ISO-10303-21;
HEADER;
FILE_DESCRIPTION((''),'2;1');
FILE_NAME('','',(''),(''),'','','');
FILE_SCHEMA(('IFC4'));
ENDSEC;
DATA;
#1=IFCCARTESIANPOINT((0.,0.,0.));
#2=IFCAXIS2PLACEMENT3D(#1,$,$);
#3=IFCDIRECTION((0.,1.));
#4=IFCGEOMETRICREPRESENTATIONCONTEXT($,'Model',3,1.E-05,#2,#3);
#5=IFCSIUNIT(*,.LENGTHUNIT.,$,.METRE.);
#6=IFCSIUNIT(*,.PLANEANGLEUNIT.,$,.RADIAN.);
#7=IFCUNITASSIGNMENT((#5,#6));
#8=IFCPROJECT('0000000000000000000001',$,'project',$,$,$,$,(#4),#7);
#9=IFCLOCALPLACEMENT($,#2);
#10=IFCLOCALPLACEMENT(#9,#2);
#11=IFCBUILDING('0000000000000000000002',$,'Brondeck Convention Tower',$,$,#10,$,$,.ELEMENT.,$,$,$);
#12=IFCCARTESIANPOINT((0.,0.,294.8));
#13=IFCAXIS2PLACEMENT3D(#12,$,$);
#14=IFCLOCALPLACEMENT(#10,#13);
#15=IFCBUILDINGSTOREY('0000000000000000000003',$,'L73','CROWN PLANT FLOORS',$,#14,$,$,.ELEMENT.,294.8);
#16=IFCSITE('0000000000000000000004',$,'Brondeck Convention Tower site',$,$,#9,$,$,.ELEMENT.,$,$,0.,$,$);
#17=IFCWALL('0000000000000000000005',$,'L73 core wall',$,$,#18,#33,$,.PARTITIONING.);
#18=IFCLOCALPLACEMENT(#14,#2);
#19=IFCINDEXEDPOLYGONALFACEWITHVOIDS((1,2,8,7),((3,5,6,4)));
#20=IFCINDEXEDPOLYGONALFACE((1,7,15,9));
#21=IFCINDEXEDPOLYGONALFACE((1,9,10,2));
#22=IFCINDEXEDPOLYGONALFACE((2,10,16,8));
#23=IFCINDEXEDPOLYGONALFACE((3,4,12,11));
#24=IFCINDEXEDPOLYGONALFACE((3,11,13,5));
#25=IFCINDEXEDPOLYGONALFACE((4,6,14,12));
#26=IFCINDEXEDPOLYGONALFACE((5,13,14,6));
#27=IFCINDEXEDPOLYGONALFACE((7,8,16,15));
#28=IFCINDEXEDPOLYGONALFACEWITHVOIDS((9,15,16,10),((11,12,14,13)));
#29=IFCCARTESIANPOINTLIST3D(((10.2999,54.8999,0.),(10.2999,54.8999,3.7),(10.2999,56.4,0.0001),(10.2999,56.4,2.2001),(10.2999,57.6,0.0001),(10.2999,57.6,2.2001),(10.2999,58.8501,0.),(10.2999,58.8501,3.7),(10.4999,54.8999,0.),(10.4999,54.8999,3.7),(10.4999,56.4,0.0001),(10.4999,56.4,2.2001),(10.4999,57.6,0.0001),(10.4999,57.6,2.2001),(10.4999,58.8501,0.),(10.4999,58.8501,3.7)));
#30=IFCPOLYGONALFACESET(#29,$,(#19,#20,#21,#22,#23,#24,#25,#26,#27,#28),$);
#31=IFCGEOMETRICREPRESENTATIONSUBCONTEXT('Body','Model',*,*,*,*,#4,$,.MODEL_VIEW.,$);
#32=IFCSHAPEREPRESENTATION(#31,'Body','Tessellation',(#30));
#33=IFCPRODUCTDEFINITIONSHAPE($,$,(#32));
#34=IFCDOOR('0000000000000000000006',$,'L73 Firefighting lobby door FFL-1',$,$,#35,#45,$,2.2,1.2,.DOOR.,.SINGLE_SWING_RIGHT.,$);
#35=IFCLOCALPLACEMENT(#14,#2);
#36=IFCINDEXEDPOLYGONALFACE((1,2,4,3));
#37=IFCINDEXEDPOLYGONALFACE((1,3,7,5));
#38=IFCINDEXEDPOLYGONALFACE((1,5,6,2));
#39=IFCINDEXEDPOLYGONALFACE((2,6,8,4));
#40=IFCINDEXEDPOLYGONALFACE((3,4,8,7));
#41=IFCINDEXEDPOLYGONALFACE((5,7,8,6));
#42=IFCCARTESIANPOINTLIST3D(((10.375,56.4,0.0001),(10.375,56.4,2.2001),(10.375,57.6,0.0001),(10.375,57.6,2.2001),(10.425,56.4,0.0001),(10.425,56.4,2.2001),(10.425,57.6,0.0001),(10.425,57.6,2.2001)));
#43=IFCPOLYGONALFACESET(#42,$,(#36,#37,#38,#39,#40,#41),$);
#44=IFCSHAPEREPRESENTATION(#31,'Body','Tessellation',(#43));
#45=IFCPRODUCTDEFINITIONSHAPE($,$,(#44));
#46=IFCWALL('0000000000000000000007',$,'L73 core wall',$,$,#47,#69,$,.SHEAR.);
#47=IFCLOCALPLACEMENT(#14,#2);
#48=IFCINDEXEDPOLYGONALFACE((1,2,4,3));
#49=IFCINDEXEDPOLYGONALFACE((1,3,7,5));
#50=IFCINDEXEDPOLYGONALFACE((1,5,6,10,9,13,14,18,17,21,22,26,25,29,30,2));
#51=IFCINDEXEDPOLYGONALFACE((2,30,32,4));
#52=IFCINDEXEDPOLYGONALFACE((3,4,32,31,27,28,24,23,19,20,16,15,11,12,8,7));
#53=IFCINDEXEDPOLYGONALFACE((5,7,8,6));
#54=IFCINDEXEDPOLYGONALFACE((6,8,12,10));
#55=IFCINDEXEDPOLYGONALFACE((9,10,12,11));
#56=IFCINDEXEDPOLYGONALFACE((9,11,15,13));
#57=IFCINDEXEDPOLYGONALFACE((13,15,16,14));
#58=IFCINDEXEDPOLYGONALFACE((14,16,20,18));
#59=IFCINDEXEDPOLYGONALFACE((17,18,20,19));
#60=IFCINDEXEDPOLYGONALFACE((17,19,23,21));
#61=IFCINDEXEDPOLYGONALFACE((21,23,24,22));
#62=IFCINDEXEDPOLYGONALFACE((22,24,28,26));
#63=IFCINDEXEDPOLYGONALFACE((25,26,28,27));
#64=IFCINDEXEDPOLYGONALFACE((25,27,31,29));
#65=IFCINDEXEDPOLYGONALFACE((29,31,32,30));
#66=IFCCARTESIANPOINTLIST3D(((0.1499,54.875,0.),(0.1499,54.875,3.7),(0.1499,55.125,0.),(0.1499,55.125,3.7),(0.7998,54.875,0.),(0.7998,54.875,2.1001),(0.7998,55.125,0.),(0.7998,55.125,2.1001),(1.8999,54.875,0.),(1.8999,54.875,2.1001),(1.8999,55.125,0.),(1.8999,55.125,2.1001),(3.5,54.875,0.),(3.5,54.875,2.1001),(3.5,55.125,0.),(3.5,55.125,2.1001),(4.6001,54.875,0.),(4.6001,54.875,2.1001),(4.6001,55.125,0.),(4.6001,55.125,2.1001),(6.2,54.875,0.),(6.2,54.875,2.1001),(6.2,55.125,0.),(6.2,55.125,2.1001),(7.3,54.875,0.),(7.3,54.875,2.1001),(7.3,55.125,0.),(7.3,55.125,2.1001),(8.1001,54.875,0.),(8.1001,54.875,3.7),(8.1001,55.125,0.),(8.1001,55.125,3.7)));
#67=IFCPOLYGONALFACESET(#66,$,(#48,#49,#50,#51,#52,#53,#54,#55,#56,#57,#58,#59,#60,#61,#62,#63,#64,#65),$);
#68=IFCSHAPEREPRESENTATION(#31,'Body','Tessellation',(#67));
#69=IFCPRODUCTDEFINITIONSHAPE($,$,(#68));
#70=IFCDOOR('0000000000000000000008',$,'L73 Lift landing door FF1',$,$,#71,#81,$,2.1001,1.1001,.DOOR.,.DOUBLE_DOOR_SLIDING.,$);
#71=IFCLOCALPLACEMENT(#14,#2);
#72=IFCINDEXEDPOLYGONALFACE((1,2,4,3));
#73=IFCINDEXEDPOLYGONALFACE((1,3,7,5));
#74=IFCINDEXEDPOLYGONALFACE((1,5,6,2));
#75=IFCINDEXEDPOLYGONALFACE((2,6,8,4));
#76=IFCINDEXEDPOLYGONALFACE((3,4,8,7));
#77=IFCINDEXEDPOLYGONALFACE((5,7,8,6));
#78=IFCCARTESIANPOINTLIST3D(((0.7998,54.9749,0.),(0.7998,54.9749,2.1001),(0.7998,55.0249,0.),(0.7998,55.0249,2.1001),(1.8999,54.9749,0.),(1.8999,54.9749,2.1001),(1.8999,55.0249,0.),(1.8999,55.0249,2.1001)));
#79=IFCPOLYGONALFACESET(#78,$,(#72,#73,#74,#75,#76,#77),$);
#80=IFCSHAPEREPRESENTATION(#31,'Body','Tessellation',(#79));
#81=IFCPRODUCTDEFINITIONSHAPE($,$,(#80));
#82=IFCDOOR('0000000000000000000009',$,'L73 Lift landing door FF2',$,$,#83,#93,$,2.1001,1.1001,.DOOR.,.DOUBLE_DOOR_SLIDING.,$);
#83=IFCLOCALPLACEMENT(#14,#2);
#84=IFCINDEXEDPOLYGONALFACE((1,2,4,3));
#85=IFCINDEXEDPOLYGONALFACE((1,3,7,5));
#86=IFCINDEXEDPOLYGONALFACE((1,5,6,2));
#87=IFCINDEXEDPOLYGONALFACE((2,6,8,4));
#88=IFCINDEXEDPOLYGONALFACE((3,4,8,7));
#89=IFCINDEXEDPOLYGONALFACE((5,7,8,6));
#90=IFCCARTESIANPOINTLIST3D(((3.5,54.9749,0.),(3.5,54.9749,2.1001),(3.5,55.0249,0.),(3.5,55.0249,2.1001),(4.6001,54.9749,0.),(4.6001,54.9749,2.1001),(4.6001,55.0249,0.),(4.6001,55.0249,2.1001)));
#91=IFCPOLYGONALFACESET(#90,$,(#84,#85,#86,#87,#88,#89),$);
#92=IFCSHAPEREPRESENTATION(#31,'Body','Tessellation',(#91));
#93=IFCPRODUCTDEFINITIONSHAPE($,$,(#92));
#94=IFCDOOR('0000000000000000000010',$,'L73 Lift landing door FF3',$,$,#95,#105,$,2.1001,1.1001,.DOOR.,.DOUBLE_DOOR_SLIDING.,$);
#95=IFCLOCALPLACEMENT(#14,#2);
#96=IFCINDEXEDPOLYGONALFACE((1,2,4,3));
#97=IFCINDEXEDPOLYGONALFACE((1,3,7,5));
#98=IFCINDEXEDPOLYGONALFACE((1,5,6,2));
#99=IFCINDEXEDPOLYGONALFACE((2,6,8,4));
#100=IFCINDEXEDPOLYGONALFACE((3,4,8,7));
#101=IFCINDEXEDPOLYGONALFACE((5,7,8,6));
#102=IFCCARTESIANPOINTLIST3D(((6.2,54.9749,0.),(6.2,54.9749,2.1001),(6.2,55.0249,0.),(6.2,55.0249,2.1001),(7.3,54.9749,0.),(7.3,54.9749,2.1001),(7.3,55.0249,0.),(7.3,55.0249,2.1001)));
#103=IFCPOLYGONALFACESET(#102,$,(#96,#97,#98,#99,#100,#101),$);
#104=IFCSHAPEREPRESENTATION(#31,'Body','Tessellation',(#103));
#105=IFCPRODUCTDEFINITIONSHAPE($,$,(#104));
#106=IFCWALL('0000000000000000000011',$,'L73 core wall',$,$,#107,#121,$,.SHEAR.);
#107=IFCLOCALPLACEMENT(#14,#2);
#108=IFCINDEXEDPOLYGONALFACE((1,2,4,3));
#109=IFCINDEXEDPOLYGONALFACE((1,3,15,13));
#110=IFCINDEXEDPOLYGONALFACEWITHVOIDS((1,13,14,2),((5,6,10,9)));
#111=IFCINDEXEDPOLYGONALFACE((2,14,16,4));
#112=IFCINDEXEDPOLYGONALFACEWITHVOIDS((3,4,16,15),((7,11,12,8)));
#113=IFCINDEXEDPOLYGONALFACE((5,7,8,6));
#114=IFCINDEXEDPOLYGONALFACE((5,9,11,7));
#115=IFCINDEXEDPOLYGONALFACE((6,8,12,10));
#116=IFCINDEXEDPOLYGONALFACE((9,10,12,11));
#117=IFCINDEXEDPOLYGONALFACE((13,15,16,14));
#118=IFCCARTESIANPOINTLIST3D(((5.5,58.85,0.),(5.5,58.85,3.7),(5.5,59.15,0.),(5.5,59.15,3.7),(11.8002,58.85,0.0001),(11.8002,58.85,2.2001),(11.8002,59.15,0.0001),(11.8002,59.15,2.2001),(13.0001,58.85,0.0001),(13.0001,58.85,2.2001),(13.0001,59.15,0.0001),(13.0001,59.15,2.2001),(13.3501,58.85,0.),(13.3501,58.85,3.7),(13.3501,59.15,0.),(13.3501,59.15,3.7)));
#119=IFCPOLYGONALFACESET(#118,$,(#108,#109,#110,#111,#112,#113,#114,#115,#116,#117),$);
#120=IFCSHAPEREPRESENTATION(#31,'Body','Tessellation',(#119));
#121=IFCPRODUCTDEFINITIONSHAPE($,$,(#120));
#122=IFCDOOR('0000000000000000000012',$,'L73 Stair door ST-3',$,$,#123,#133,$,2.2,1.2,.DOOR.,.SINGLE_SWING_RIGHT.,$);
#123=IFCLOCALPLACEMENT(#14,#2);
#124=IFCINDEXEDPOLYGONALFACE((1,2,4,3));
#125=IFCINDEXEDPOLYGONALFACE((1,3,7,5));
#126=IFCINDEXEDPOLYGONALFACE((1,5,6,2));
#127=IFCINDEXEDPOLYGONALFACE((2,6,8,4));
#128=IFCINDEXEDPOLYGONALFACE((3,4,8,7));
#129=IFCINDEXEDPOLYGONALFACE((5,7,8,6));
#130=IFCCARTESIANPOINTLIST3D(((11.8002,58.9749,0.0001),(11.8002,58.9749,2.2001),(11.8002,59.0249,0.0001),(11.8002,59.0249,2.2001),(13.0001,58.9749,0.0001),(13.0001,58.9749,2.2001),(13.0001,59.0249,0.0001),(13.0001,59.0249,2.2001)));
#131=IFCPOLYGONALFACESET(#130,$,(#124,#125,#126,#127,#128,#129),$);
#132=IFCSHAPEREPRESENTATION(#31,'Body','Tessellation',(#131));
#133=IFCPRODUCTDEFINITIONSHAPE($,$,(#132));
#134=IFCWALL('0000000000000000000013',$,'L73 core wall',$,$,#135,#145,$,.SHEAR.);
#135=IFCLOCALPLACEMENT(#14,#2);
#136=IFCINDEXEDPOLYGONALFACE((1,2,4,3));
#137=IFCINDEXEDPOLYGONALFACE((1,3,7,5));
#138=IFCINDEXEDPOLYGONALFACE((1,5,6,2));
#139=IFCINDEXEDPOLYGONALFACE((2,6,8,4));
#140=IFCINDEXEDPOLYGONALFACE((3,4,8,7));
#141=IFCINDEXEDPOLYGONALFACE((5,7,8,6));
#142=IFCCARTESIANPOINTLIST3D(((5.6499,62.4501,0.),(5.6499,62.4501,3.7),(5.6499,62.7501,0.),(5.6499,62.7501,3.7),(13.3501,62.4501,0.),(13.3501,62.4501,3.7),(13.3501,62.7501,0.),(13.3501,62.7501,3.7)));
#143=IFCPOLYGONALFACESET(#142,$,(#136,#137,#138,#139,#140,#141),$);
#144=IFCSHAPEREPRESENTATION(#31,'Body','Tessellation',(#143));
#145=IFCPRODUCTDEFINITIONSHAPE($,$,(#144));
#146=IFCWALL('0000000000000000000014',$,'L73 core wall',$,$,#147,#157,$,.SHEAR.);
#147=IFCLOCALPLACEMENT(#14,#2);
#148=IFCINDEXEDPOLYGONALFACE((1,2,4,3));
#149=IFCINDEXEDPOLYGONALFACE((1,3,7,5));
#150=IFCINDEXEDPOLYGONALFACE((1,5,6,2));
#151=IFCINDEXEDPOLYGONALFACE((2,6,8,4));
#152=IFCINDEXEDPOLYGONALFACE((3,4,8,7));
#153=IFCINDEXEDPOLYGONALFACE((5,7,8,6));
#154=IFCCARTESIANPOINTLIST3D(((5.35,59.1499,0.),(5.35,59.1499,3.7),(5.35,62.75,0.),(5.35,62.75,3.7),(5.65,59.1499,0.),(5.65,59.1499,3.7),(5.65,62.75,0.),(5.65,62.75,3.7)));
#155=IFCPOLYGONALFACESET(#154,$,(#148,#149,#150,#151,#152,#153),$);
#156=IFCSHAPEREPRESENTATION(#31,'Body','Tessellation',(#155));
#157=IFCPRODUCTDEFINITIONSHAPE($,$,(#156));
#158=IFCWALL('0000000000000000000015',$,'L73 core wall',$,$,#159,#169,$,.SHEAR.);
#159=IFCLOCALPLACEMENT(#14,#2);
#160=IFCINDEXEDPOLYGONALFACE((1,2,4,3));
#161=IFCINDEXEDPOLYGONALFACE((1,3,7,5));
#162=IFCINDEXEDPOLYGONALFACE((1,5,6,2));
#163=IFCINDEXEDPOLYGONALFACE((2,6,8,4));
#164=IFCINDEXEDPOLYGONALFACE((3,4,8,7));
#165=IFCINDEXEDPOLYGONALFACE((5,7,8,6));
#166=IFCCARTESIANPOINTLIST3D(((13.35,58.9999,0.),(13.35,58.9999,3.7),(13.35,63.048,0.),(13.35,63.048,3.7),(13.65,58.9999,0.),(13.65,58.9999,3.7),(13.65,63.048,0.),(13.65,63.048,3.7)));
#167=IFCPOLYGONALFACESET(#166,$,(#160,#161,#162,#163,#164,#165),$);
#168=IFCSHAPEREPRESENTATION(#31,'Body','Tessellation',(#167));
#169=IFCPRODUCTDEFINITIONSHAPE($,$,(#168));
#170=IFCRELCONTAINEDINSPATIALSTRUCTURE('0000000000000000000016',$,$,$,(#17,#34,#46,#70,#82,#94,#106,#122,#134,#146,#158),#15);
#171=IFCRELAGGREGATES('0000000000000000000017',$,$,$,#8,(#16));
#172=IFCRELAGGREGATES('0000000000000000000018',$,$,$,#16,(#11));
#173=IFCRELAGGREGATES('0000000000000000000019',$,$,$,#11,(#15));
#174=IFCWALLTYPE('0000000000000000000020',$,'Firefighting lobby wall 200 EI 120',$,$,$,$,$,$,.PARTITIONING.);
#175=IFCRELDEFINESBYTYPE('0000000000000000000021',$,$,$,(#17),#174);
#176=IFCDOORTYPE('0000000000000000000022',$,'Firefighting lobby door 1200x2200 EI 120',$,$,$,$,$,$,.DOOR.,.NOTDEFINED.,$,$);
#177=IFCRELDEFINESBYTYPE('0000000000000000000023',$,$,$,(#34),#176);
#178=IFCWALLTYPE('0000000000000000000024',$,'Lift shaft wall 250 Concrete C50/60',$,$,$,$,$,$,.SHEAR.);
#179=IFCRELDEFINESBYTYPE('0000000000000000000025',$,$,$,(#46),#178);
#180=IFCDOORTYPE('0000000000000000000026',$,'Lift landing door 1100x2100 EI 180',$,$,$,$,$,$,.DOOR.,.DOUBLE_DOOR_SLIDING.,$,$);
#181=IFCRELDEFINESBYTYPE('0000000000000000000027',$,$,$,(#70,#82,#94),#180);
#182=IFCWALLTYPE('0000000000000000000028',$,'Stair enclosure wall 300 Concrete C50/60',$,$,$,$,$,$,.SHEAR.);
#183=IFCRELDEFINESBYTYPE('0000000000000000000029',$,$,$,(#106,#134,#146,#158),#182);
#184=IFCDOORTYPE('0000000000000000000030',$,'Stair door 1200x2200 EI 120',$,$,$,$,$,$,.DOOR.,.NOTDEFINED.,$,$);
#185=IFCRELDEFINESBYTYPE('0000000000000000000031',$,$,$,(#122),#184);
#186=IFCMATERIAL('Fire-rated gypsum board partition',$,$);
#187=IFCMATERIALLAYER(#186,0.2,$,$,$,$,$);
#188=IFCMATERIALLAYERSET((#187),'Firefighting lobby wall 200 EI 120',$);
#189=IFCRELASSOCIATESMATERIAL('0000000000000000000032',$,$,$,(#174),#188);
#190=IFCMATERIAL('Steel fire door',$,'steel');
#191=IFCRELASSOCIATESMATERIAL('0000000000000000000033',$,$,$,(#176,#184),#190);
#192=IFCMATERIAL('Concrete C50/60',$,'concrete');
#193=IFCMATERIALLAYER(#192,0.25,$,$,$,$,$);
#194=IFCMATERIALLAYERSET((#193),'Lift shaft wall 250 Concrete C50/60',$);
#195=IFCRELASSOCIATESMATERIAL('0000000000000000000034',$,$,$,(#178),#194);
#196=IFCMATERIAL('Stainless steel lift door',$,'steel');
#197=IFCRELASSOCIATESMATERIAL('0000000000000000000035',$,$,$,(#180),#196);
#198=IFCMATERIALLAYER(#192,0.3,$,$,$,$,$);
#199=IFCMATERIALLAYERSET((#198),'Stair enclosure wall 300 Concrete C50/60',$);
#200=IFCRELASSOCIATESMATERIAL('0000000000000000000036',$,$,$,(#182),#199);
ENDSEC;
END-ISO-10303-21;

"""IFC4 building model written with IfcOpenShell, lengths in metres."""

from ifc_helpers import new_model, si_unit, direction, frame, frame_2d, origin, place, context, subcontext, project, spatial, rectangle, extrude, material, layer, layer_set, type_object, element, fill, save


model = new_model("IFC4")

# Units and contexts
model_context = context("Model", 3, precision=1e-05, world=origin(), true_north=direction((0.0, 1.0)))
body_context = subcontext(model_context, "Body", "Model", "MODEL_VIEW")
ifc_project = project(units=[si_unit("LENGTHUNIT", "METRE"), si_unit("PLANEANGLEUNIT", "RADIAN")], contexts=[model_context])

# Site, building, storey
site_placement = place(None, origin())
site = spatial("IfcSite", under=ifc_project, at=site_placement, Name="Brondeck Convention Tower site", CompositionType="ELEMENT", RefElevation=0.0)
building_placement = place(site_placement, origin())
building = spatial("IfcBuilding", under=site, at=building_placement, Name="Brondeck Convention Tower", CompositionType="ELEMENT")
storey_placement = place(building_placement, frame((0.0, 0.0, 294.8)))
storey = spatial("IfcBuildingStorey", under=building, at=storey_placement, Name="L73", Description="CROWN PLANT FLOORS", CompositionType="ELEMENT", Elevation=294.8)

# Shared definitions
ifc_material_1 = material(Name="Concrete C50/60", Category="concrete")

# Shared definitions
ifc_material_2 = material(Name="Fire-rated gypsum board partition")
ifc_layer_1 = layer(ifc_material_2, 0.2)
ifc_layer_set_1 = layer_set([ifc_layer_1], Name="Firefighting lobby wall 200 EI 120")
wall_type_1 = type_object("IfcWallType", Name="Firefighting lobby wall 200 EI 120", PredefinedType="PARTITIONING", material=ifc_layer_set_1)

# Wall, opening, door
wall_1_placement = place(storey_placement, frame((10.3999, 54.8999, 0.0), z_axis=(0.0, 0.0, 1.0), x_axis=(0.0, 1.0, 0.0)))
wall_1 = element("IfcWall", 1, at=wall_1_placement, inside=storey, type_object=wall_type_1, Name="L73 core wall", PredefinedType="PARTITIONING", context=body_context, shape_type="SweptSolid", body=[
    extrude(rectangle(XDim=3.9502, YDim=0.2, at=frame_2d((1.9751, 0.0))), origin(), (0.0, 0.0, 1.0), 3.7),
])
opening_1_placement = place(wall_1_placement, frame((1.5, 0.0, 0.0)))
opening_1 = element("IfcOpeningElement", 2, at=opening_1_placement, cuts=wall_1, PredefinedType="OPENING", context=body_context, shape_type="SweptSolid", body=[
    extrude(rectangle(XDim=1.2, YDim=2.2, at=frame_2d((0.6001, 1.1001))), frame((0.0, 0.1099, 0.0), z_axis=(0.0, -1.0, 0.0), x_axis=(1.0, 0.0, 0.0)), (0.0, 0.0, 1.0), 0.22),
])
ifc_material_3 = material(Name="Steel fire door", Category="steel")
door_type_1 = type_object("IfcDoorType", Name="Firefighting lobby door 1200x2200 EI 120", OperationType="NOTDEFINED", PredefinedType="DOOR", material=ifc_material_3)
door_1_placement = place(opening_1_placement, origin())
door_1 = element("IfcDoor", 3, at=door_1_placement, inside=storey, type_object=door_type_1, Name="L73 Firefighting lobby door FFL-1", OperationType="SINGLE_SWING_RIGHT", OverallHeight=2.2, OverallWidth=1.2, PredefinedType="DOOR", context=body_context, shape_type="SweptSolid", body=[
    extrude(rectangle(XDim=1.2, YDim=2.2, at=frame_2d((0.6001, 1.1001))), frame((0.0, 0.0249, 0.0), z_axis=(0.0, -1.0, 0.0), x_axis=(1.0, 0.0, 0.0)), (0.0, 0.0, 1.0), 0.05),
])
fill(opening_1, door_1)

# Wall, openings, doors
ifc_layer_2 = layer(ifc_material_1, 0.25)
ifc_layer_set_2 = layer_set([ifc_layer_2], Name="Lift shaft wall 250 Concrete C50/60")
wall_type_2 = type_object("IfcWallType", Name="Lift shaft wall 250 Concrete C50/60", PredefinedType="SHEAR", material=ifc_layer_set_2)
wall_2_placement = place(storey_placement, frame((0.1499, 55.0, 0.0), z_axis=(0.0, 0.0, 1.0), x_axis=(1.0, 0.0, 0.0)))
wall_2 = element("IfcWall", 4, at=wall_2_placement, inside=storey, type_object=wall_type_2, Name="L73 core wall", PredefinedType="SHEAR", context=body_context, shape_type="SweptSolid", body=[
    extrude(rectangle(XDim=7.9502, YDim=0.25, at=frame_2d((3.9751, 0.0))), origin(), (0.0, 0.0, 1.0), 3.7),
])
opening_2_placement = place(wall_2_placement, frame((0.6499, 0.0, 0.0)))
opening_2 = element("IfcOpeningElement", 5, at=opening_2_placement, cuts=wall_2, PredefinedType="OPENING", context=body_context, shape_type="SweptSolid", body=[
    extrude(rectangle(XDim=1.1001, YDim=2.1001, at=frame_2d((0.55, 1.05))), frame((0.0, 0.135, 0.0), z_axis=(0.0, -1.0, 0.0), x_axis=(1.0, 0.0, 0.0)), (0.0, 0.0, 1.0), 0.27),
])
opening_3_placement = place(wall_2_placement, frame((3.3501, 0.0, 0.0)))
opening_3 = element("IfcOpeningElement", 6, at=opening_3_placement, cuts=wall_2, PredefinedType="OPENING", context=body_context, shape_type="SweptSolid", body=[
    extrude(rectangle(XDim=1.1001, YDim=2.1001, at=frame_2d((0.55, 1.05))), frame((0.0, 0.135, 0.0), z_axis=(0.0, -1.0, 0.0), x_axis=(1.0, 0.0, 0.0)), (0.0, 0.0, 1.0), 0.27),
])
opening_4_placement = place(wall_2_placement, frame((6.05, 0.0, 0.0)))
opening_4 = element("IfcOpeningElement", 7, at=opening_4_placement, cuts=wall_2, PredefinedType="OPENING", context=body_context, shape_type="SweptSolid", body=[
    extrude(rectangle(XDim=1.1001, YDim=2.1001, at=frame_2d((0.55, 1.05))), frame((0.0, 0.135, 0.0), z_axis=(0.0, -1.0, 0.0), x_axis=(1.0, 0.0, 0.0)), (0.0, 0.0, 1.0), 0.27),
])
ifc_material_4 = material(Name="Stainless steel lift door", Category="steel")
door_type_2 = type_object("IfcDoorType", Name="Lift landing door 1100x2100 EI 180", OperationType="DOUBLE_DOOR_SLIDING", PredefinedType="DOOR", material=ifc_material_4)
door_2_placement = place(opening_2_placement, origin())
door_2 = element("IfcDoor", 8, at=door_2_placement, inside=storey, type_object=door_type_2, Name="L73 Lift landing door FF1", OperationType="DOUBLE_DOOR_SLIDING", OverallHeight=2.1001, OverallWidth=1.1001, PredefinedType="DOOR", context=body_context, shape_type="SweptSolid", body=[
    extrude(rectangle(XDim=1.1001, YDim=2.1001, at=frame_2d((0.55, 1.05))), frame((0.0, 0.0249, 0.0), z_axis=(0.0, -1.0, 0.0), x_axis=(1.0, 0.0, 0.0)), (0.0, 0.0, 1.0), 0.05),
])
fill(opening_2, door_2)
door_3_placement = place(opening_3_placement, origin())
door_3 = element("IfcDoor", 9, at=door_3_placement, inside=storey, type_object=door_type_2, Name="L73 Lift landing door FF2", OperationType="DOUBLE_DOOR_SLIDING", OverallHeight=2.1001, OverallWidth=1.1001, PredefinedType="DOOR", context=body_context, shape_type="SweptSolid", body=[
    extrude(rectangle(XDim=1.1001, YDim=2.1001, at=frame_2d((0.55, 1.05))), frame((0.0, 0.0249, 0.0), z_axis=(0.0, -1.0, 0.0), x_axis=(1.0, 0.0, 0.0)), (0.0, 0.0, 1.0), 0.05),
])
fill(opening_3, door_3)
door_4_placement = place(opening_4_placement, origin())
door_4 = element("IfcDoor", 10, at=door_4_placement, inside=storey, type_object=door_type_2, Name="L73 Lift landing door FF3", OperationType="DOUBLE_DOOR_SLIDING", OverallHeight=2.1001, OverallWidth=1.1001, PredefinedType="DOOR", context=body_context, shape_type="SweptSolid", body=[
    extrude(rectangle(XDim=1.1001, YDim=2.1001, at=frame_2d((0.55, 1.05))), frame((0.0, 0.0249, 0.0), z_axis=(0.0, -1.0, 0.0), x_axis=(1.0, 0.0, 0.0)), (0.0, 0.0, 1.0), 0.05),
])
fill(opening_4, door_4)

# Wall, opening, door
ifc_layer_3 = layer(ifc_material_1, 0.3)
ifc_layer_set_3 = layer_set([ifc_layer_3], Name="Stair enclosure wall 300 Concrete C50/60")
wall_type_3 = type_object("IfcWallType", Name="Stair enclosure wall 300 Concrete C50/60", PredefinedType="SHEAR", material=ifc_layer_set_3)
wall_3_placement = place(storey_placement, frame((5.5, 59.0, 0.0), z_axis=(0.0, 0.0, 1.0), x_axis=(1.0, 0.0, 0.0)))
wall_3 = element("IfcWall", 11, at=wall_3_placement, inside=storey, type_object=wall_type_3, Name="L73 core wall", PredefinedType="SHEAR", context=body_context, shape_type="SweptSolid", body=[
    extrude(rectangle(XDim=7.8501, YDim=0.3, at=frame_2d((3.925, 0.0))), origin(), (0.0, 0.0, 1.0), 3.7),
])
opening_5_placement = place(wall_3_placement, frame((6.3, 0.0, 0.0)))
opening_5 = element("IfcOpeningElement", 12, at=opening_5_placement, cuts=wall_3, PredefinedType="OPENING", context=body_context, shape_type="SweptSolid", body=[
    extrude(rectangle(XDim=1.2, YDim=2.2, at=frame_2d((0.6001, 1.1001))), frame((0.0, 0.1599, 0.0), z_axis=(0.0, -1.0, 0.0), x_axis=(1.0, 0.0, 0.0)), (0.0, 0.0, 1.0), 0.3201),
])
door_type_3 = type_object("IfcDoorType", Name="Stair door 1200x2200 EI 120", OperationType="NOTDEFINED", PredefinedType="DOOR", material=ifc_material_3)
door_5_placement = place(opening_5_placement, origin())
door_5 = element("IfcDoor", 13, at=door_5_placement, inside=storey, type_object=door_type_3, Name="L73 Stair door ST-3", OperationType="SINGLE_SWING_RIGHT", OverallHeight=2.2, OverallWidth=1.2, PredefinedType="DOOR", context=body_context, shape_type="SweptSolid", body=[
    extrude(rectangle(XDim=1.2, YDim=2.2, at=frame_2d((0.6001, 1.1001))), frame((0.0, 0.0249, 0.0), z_axis=(0.0, -1.0, 0.0), x_axis=(1.0, 0.0, 0.0)), (0.0, 0.0, 1.0), 0.05),
])
fill(opening_5, door_5)

# Walls
wall_4_placement = place(storey_placement, frame((5.6499, 62.6001, 0.0), z_axis=(0.0, 0.0, 1.0), x_axis=(1.0, 0.0, 0.0)))
element("IfcWall", 14, at=wall_4_placement, inside=storey, type_object=wall_type_3, Name="L73 core wall", PredefinedType="SHEAR", context=body_context, shape_type="SweptSolid", body=[
    extrude(rectangle(XDim=7.7002, YDim=0.3, at=frame_2d((3.8501, 0.0))), origin(), (0.0, 0.0, 1.0), 3.7),
])
wall_5_placement = place(storey_placement, frame((5.5, 59.1499, 0.0), z_axis=(0.0, 0.0, 1.0), x_axis=(0.0, 1.0, 0.0)))
element("IfcWall", 15, at=wall_5_placement, inside=storey, type_object=wall_type_3, Name="L73 core wall", PredefinedType="SHEAR", context=body_context, shape_type="SweptSolid", body=[
    extrude(rectangle(XDim=3.6001, YDim=0.3, at=frame_2d((1.8, 0.0))), origin(), (0.0, 0.0, 1.0), 3.7),
])
wall_6_placement = place(storey_placement, frame((13.5, 59.0, 0.0), z_axis=(0.0, 0.0, 1.0), x_axis=(0.0, 1.0, 0.0)))
element("IfcWall", 16, at=wall_6_placement, inside=storey, type_object=wall_type_3, Name="L73 core wall", PredefinedType="SHEAR", context=body_context, shape_type="SweptSolid", body=[
    extrude(rectangle(XDim=4.0481, YDim=0.3, at=frame_2d((2.0239, 0.0))), origin(), (0.0, 0.0, 1.0), 3.7),
])

save(model, "model.ifc")
